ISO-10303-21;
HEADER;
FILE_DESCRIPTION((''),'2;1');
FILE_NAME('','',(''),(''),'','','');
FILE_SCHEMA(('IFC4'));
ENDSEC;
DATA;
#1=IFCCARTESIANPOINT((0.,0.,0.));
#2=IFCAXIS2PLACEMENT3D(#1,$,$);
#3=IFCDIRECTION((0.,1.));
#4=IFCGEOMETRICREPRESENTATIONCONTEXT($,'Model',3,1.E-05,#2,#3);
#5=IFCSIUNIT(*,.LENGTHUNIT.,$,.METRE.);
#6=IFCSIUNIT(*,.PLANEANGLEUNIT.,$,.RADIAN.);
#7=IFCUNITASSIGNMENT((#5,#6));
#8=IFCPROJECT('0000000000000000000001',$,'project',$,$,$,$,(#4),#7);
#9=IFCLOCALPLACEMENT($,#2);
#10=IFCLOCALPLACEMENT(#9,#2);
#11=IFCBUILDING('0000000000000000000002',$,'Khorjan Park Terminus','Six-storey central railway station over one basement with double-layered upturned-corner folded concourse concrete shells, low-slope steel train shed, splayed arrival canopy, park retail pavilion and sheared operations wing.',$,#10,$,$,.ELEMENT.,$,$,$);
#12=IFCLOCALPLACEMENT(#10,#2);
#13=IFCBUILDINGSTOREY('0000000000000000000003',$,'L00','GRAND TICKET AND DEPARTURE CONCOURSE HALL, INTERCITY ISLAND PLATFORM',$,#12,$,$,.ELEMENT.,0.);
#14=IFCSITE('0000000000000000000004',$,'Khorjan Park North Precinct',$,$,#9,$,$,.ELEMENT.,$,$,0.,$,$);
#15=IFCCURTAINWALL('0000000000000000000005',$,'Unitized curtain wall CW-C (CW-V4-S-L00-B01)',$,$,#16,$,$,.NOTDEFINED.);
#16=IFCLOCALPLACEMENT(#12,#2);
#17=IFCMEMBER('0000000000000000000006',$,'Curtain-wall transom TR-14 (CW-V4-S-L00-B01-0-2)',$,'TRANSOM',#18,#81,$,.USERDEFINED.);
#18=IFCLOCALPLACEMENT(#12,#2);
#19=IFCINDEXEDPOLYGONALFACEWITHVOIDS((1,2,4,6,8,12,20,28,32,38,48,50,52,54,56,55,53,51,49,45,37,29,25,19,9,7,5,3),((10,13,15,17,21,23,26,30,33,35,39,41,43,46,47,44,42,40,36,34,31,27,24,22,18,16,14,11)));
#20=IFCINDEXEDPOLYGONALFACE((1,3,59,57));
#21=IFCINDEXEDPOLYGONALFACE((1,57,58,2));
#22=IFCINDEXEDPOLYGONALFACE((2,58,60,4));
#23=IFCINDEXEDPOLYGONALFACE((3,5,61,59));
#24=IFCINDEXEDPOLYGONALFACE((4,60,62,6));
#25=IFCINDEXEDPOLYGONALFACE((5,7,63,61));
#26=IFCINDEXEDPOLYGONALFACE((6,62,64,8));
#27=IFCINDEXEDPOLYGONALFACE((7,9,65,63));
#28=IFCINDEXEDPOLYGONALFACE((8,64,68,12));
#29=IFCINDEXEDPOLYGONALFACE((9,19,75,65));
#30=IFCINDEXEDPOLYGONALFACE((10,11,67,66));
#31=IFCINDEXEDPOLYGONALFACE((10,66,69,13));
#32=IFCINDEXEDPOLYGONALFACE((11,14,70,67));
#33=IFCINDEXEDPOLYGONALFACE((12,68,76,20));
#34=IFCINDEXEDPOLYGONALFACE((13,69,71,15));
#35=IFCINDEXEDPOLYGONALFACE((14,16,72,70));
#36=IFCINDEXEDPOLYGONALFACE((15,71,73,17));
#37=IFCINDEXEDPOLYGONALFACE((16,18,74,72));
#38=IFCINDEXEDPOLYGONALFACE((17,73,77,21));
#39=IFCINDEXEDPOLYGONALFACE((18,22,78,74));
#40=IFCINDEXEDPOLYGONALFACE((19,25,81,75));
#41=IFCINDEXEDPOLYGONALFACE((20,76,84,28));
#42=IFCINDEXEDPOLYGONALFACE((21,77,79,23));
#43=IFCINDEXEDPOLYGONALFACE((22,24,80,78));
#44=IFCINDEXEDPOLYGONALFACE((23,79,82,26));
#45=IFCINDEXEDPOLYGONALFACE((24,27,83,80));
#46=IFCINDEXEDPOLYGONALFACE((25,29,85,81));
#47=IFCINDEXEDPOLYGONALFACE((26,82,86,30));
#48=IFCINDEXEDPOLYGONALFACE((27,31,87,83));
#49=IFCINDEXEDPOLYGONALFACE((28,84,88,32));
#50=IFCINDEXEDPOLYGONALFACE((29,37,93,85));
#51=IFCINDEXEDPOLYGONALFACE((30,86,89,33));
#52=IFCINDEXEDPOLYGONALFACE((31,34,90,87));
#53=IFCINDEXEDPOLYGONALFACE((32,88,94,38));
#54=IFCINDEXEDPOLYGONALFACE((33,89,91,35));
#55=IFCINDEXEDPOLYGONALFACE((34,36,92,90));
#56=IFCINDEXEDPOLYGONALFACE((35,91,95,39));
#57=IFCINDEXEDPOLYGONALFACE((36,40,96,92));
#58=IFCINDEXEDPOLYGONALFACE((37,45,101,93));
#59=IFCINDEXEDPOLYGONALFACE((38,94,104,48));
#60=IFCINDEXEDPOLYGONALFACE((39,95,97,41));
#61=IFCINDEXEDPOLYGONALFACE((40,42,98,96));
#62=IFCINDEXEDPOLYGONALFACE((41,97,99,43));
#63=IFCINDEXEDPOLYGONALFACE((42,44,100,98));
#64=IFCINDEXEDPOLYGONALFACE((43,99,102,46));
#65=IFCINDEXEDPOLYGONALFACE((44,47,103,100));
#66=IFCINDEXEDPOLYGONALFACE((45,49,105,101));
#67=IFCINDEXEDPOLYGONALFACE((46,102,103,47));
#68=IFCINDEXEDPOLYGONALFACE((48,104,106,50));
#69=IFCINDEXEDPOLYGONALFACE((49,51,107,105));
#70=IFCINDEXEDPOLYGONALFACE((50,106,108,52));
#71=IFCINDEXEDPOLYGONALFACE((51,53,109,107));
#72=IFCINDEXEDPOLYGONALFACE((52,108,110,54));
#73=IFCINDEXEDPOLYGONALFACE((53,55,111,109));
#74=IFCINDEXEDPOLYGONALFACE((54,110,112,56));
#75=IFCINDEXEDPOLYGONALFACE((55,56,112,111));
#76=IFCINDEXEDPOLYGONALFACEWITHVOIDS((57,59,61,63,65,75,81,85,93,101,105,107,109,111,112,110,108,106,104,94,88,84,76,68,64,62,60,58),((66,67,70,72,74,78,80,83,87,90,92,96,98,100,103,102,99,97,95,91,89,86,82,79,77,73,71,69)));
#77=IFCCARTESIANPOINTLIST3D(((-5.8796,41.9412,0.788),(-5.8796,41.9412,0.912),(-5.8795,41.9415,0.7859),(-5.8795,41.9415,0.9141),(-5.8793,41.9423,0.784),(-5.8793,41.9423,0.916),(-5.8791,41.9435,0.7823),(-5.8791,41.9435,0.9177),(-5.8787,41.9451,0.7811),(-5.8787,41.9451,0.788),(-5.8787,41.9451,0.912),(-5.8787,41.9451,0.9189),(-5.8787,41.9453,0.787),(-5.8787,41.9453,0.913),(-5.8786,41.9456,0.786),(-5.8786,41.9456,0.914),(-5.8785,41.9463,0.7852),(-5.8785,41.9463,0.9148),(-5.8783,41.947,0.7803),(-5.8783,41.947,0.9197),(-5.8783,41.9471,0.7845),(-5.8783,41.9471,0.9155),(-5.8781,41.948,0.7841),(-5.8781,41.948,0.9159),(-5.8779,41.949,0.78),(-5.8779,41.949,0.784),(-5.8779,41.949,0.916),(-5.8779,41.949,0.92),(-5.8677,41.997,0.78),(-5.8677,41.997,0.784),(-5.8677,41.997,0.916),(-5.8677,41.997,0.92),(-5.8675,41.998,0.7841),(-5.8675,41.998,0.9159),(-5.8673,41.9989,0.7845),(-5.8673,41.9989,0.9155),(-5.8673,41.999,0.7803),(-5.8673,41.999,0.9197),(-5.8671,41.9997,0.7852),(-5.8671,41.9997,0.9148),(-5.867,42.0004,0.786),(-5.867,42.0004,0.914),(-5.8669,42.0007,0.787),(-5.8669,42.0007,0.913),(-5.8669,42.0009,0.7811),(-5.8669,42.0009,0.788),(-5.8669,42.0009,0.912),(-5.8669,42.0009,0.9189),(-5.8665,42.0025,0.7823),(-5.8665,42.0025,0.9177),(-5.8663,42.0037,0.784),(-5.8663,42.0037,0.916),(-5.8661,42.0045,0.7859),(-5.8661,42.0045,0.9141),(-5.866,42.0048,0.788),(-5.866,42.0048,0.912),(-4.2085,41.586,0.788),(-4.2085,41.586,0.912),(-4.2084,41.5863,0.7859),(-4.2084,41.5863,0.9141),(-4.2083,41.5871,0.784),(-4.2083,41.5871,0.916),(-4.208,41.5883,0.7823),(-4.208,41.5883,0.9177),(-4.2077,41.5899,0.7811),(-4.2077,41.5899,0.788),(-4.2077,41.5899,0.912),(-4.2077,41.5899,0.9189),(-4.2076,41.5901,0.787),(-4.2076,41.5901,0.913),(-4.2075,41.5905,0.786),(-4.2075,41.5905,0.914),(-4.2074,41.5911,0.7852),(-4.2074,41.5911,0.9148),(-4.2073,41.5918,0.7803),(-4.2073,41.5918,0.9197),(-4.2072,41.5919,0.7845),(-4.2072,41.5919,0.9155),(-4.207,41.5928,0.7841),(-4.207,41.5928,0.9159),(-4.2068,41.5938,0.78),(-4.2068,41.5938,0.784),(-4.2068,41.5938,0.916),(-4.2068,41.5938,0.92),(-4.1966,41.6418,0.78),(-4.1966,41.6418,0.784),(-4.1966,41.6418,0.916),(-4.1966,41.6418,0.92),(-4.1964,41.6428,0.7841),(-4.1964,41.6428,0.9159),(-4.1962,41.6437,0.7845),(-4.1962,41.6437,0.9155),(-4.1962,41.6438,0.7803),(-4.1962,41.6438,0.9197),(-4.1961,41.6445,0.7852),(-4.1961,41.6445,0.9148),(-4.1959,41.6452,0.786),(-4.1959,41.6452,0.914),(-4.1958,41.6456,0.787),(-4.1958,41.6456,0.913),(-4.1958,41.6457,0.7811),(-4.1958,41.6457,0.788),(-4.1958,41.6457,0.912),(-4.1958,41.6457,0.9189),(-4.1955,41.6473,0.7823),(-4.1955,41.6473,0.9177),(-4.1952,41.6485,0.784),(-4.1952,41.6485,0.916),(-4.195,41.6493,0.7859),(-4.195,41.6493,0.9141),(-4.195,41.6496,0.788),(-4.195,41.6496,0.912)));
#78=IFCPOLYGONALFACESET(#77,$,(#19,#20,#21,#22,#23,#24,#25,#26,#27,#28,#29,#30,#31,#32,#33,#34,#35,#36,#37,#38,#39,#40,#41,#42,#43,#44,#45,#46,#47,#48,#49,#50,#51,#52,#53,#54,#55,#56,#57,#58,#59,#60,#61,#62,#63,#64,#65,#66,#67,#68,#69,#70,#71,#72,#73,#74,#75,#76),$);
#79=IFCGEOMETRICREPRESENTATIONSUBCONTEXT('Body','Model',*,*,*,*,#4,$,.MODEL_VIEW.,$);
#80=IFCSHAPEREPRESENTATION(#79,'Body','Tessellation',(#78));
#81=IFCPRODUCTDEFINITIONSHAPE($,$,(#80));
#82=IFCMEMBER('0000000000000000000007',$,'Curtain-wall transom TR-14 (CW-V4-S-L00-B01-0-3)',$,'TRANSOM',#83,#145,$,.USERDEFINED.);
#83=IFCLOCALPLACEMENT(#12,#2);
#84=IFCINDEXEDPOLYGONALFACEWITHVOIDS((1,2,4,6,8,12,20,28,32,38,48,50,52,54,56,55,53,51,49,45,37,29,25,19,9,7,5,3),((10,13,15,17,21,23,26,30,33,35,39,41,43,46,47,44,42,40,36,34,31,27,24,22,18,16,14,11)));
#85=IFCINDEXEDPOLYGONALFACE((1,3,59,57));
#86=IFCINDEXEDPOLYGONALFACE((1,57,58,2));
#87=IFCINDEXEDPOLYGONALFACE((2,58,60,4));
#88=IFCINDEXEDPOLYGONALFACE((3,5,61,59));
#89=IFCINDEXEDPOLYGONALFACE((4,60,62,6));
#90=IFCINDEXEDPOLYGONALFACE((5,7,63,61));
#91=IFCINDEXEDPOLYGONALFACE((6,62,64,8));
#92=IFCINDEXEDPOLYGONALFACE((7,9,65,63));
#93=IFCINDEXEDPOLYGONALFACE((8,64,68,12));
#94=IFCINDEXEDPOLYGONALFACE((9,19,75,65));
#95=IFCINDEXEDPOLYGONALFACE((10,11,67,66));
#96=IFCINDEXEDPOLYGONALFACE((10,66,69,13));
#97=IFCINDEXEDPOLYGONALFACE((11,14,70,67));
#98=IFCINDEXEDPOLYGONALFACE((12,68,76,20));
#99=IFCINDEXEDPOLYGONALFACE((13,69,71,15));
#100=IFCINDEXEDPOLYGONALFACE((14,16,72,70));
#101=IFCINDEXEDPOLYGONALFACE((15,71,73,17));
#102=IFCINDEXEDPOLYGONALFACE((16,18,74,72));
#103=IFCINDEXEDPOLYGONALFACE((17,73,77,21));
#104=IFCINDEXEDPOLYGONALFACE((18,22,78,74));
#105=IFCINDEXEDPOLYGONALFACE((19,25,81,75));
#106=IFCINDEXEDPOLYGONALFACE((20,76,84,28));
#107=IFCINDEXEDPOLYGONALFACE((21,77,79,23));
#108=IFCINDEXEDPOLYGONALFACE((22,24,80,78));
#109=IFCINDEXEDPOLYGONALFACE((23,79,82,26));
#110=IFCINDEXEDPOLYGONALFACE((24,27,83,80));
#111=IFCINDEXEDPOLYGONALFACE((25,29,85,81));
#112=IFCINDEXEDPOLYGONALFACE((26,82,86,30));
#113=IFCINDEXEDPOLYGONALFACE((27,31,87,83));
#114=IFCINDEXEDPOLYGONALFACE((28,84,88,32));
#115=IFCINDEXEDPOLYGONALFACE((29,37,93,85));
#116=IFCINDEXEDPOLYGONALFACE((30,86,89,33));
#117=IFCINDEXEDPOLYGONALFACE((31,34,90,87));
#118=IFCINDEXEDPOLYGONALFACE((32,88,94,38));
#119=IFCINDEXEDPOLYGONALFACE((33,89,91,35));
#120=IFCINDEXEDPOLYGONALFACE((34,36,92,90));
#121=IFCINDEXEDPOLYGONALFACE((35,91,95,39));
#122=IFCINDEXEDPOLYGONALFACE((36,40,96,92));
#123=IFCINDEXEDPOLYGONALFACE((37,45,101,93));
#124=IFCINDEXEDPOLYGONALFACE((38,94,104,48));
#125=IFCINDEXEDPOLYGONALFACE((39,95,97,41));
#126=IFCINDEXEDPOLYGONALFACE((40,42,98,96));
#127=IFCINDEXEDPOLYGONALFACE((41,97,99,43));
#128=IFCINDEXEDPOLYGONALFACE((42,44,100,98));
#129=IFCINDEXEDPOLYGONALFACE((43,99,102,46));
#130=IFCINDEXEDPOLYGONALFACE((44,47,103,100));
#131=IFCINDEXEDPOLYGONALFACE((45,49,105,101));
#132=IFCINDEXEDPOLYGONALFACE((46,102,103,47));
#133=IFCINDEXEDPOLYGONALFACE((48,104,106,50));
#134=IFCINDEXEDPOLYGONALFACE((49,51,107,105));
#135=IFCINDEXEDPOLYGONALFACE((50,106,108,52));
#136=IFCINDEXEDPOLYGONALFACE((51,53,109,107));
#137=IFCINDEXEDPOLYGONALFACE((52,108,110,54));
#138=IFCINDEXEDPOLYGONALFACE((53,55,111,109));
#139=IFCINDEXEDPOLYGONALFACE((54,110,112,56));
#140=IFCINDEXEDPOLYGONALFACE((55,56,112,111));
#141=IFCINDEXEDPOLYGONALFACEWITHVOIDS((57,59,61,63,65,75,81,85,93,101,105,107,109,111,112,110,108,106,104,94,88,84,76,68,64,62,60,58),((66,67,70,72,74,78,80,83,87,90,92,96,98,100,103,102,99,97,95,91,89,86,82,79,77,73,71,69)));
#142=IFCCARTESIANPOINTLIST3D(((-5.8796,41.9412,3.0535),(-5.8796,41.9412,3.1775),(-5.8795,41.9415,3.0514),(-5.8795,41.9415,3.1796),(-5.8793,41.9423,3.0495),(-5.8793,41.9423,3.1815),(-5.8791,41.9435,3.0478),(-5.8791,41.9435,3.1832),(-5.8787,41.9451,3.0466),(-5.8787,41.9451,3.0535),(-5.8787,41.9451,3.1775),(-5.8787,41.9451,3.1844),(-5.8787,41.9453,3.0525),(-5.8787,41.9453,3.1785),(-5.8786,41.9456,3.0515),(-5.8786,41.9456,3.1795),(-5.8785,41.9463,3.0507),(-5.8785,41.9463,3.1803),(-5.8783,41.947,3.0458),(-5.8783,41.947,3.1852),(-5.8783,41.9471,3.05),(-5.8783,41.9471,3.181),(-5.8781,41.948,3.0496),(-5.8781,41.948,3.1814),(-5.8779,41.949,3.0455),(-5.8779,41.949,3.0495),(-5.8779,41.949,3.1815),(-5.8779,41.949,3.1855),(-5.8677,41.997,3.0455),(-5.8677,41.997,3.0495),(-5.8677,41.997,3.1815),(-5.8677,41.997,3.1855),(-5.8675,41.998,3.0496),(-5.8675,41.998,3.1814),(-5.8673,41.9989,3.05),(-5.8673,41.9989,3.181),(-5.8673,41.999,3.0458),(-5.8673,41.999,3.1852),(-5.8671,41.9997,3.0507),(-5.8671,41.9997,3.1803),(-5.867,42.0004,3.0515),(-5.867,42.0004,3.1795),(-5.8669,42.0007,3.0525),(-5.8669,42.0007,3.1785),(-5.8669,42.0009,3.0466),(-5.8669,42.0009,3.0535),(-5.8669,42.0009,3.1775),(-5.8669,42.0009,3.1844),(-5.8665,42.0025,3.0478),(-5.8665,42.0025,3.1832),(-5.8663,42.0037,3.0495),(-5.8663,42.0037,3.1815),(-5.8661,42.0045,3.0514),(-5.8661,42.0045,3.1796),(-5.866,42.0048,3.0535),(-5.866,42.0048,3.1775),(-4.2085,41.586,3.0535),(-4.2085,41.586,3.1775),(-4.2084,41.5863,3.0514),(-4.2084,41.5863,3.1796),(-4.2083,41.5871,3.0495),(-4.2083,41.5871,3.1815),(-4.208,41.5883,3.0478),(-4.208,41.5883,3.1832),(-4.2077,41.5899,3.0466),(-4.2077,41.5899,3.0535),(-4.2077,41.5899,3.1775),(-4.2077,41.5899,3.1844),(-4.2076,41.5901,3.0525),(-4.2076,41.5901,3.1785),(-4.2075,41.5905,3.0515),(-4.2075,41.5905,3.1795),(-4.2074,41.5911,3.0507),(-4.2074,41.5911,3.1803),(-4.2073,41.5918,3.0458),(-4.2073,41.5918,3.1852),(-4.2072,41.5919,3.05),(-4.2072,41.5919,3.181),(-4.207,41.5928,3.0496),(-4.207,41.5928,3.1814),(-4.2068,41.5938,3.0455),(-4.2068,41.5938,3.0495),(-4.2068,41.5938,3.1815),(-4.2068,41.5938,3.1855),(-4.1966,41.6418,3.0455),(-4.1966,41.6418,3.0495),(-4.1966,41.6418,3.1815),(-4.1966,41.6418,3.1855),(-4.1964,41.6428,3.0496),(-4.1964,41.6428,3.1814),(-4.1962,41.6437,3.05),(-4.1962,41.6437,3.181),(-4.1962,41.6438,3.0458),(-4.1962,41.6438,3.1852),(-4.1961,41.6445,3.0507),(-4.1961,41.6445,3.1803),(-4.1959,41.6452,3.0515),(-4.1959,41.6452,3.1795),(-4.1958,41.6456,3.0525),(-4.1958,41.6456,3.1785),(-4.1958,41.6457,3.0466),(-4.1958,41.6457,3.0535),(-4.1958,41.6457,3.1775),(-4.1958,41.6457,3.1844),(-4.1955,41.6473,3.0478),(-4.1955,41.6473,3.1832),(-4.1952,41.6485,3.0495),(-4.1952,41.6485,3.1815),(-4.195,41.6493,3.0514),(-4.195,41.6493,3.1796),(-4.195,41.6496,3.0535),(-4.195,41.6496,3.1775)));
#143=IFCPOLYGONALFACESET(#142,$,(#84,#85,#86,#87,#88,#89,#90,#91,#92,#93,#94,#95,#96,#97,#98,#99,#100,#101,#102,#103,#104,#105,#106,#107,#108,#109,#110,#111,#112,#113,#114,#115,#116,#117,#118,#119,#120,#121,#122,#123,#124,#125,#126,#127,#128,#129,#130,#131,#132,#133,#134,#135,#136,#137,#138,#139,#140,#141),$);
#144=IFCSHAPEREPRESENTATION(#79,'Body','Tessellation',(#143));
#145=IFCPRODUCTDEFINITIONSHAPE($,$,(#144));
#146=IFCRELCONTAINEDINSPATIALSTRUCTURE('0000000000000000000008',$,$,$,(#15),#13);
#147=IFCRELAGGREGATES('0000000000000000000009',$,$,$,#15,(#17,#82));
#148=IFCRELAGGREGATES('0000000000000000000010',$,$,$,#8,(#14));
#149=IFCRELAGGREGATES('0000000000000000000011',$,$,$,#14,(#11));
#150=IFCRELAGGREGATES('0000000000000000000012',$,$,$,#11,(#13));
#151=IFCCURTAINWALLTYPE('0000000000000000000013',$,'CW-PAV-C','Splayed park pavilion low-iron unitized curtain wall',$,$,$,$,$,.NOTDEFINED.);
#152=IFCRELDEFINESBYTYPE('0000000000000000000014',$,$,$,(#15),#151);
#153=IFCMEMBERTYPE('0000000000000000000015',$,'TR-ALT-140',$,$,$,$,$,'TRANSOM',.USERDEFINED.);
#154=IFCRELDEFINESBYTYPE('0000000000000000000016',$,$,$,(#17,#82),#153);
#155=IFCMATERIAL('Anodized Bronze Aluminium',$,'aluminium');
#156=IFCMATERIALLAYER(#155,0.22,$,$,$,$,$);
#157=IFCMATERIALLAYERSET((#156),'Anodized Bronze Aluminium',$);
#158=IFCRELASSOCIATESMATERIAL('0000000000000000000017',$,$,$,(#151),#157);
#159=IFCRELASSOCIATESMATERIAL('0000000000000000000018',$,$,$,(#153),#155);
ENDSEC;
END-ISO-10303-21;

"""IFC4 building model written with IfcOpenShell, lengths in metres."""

from ifc_helpers import new_model, si_unit, direction, frame, origin, origin_2d, place, context, subcontext, project, spatial, hollow_rectangle, extrude, material, layer, layer_set, material_profile, profile_set, type_object, element, aggregate, save


model = new_model("IFC4")

# Units and contexts
model_context = context("Model", 3, precision=1e-05, world=origin(), true_north=direction((0.0, 1.0)))
body_context = subcontext(model_context, "Body", "Model", "MODEL_VIEW")
ifc_project = project(units=[si_unit("LENGTHUNIT", "METRE"), si_unit("PLANEANGLEUNIT", "RADIAN")], contexts=[model_context])

# Site, building, storey
site_placement = place(None, origin())
site = spatial("IfcSite", under=ifc_project, at=site_placement, Name="Khorjan Park North Precinct", CompositionType="ELEMENT", RefElevation=0.0)
building_placement = place(site_placement, origin())
building = spatial("IfcBuilding", under=site, at=building_placement, Name="Khorjan Park Terminus", Description="Six-storey central railway station over one basement with double-layered upturned-corner folded concourse concrete shells, low-slope steel train shed, splayed arrival canopy, park retail pavilion and sheared operations wing.", CompositionType="ELEMENT")
storey_placement = place(building_placement, origin())
storey = spatial("IfcBuildingStorey", under=building, at=storey_placement, Name="L00", Description="GRAND TICKET AND DEPARTURE CONCOURSE HALL, INTERCITY ISLAND PLATFORM", CompositionType="ELEMENT", Elevation=0.0)

# Curtain wall, members
ifc_material_1 = material(Name="Anodized Bronze Aluminium", Category="aluminium")
ifc_layer_1 = layer(ifc_material_1, 0.22)
ifc_layer_set_1 = layer_set([ifc_layer_1], Name="Anodized Bronze Aluminium")
curtain_wall_type = type_object("IfcCurtainWallType", Name="CW-PAV-C", Description="Splayed park pavilion low-iron unitized curtain wall", PredefinedType="NOTDEFINED", material=ifc_layer_set_1)
curtain_wall_placement = place(storey_placement, origin())
curtain_wall = element("IfcCurtainWall", 1, at=curtain_wall_placement, inside=storey, type_object=curtain_wall_type, Name="Unitized curtain wall CW-C (CW-V4-S-L00-B01)", PredefinedType="NOTDEFINED")
ifc_material_profile_1 = material_profile(ifc_material_1, hollow_rectangle(XDim=0.065, YDim=0.14, WallThickness=0.004, InnerFilletRadius=0.004, OuterFilletRadius=0.008, at=origin_2d()), Name="ALT 65x140x4")
ifc_profile_set_1 = profile_set([ifc_material_profile_1], Name="Anodized Bronze Aluminium")
member_type_1 = type_object("IfcMemberType", Name="TR-ALT-140", ElementType="TRANSOM", PredefinedType="USERDEFINED", material=ifc_profile_set_1)
member_1_placement = place(storey_placement, frame((-5.8728, 41.973, 0.85), z_axis=(0.978148, -0.20791, 0.0), x_axis=(0.20791, 0.978148, 0.0)))
member_1 = element("IfcMember", 2, at=member_1_placement, type_object=member_type_1, Name="Curtain-wall transom TR-14 (CW-V4-S-L00-B01-0-2)", ObjectType="TRANSOM", PredefinedType="USERDEFINED", context=body_context, shape_type="SweptSolid", body=[
    extrude(hollow_rectangle(XDim=0.065, YDim=0.14, WallThickness=0.004, InnerFilletRadius=0.004, OuterFilletRadius=0.008, at=origin_2d()), origin(), (0.0, 0.0, 1.0), 1.7084),
])
member_2_placement = place(storey_placement, frame((-5.8728, 41.973, 3.1155), z_axis=(0.978148, -0.20791, 0.0), x_axis=(0.20791, 0.978148, 0.0)))
member_2 = element("IfcMember", 3, at=member_2_placement, type_object=member_type_1, Name="Curtain-wall transom TR-14 (CW-V4-S-L00-B01-0-3)", ObjectType="TRANSOM", PredefinedType="USERDEFINED", context=body_context, shape_type="SweptSolid", body=[
    extrude(hollow_rectangle(XDim=0.065, YDim=0.14, WallThickness=0.004, InnerFilletRadius=0.004, OuterFilletRadius=0.008, at=origin_2d()), origin(), (0.0, 0.0, 1.0), 1.7084),
])
aggregate(curtain_wall, [member_1, member_2])

save(model, "model.ifc")
